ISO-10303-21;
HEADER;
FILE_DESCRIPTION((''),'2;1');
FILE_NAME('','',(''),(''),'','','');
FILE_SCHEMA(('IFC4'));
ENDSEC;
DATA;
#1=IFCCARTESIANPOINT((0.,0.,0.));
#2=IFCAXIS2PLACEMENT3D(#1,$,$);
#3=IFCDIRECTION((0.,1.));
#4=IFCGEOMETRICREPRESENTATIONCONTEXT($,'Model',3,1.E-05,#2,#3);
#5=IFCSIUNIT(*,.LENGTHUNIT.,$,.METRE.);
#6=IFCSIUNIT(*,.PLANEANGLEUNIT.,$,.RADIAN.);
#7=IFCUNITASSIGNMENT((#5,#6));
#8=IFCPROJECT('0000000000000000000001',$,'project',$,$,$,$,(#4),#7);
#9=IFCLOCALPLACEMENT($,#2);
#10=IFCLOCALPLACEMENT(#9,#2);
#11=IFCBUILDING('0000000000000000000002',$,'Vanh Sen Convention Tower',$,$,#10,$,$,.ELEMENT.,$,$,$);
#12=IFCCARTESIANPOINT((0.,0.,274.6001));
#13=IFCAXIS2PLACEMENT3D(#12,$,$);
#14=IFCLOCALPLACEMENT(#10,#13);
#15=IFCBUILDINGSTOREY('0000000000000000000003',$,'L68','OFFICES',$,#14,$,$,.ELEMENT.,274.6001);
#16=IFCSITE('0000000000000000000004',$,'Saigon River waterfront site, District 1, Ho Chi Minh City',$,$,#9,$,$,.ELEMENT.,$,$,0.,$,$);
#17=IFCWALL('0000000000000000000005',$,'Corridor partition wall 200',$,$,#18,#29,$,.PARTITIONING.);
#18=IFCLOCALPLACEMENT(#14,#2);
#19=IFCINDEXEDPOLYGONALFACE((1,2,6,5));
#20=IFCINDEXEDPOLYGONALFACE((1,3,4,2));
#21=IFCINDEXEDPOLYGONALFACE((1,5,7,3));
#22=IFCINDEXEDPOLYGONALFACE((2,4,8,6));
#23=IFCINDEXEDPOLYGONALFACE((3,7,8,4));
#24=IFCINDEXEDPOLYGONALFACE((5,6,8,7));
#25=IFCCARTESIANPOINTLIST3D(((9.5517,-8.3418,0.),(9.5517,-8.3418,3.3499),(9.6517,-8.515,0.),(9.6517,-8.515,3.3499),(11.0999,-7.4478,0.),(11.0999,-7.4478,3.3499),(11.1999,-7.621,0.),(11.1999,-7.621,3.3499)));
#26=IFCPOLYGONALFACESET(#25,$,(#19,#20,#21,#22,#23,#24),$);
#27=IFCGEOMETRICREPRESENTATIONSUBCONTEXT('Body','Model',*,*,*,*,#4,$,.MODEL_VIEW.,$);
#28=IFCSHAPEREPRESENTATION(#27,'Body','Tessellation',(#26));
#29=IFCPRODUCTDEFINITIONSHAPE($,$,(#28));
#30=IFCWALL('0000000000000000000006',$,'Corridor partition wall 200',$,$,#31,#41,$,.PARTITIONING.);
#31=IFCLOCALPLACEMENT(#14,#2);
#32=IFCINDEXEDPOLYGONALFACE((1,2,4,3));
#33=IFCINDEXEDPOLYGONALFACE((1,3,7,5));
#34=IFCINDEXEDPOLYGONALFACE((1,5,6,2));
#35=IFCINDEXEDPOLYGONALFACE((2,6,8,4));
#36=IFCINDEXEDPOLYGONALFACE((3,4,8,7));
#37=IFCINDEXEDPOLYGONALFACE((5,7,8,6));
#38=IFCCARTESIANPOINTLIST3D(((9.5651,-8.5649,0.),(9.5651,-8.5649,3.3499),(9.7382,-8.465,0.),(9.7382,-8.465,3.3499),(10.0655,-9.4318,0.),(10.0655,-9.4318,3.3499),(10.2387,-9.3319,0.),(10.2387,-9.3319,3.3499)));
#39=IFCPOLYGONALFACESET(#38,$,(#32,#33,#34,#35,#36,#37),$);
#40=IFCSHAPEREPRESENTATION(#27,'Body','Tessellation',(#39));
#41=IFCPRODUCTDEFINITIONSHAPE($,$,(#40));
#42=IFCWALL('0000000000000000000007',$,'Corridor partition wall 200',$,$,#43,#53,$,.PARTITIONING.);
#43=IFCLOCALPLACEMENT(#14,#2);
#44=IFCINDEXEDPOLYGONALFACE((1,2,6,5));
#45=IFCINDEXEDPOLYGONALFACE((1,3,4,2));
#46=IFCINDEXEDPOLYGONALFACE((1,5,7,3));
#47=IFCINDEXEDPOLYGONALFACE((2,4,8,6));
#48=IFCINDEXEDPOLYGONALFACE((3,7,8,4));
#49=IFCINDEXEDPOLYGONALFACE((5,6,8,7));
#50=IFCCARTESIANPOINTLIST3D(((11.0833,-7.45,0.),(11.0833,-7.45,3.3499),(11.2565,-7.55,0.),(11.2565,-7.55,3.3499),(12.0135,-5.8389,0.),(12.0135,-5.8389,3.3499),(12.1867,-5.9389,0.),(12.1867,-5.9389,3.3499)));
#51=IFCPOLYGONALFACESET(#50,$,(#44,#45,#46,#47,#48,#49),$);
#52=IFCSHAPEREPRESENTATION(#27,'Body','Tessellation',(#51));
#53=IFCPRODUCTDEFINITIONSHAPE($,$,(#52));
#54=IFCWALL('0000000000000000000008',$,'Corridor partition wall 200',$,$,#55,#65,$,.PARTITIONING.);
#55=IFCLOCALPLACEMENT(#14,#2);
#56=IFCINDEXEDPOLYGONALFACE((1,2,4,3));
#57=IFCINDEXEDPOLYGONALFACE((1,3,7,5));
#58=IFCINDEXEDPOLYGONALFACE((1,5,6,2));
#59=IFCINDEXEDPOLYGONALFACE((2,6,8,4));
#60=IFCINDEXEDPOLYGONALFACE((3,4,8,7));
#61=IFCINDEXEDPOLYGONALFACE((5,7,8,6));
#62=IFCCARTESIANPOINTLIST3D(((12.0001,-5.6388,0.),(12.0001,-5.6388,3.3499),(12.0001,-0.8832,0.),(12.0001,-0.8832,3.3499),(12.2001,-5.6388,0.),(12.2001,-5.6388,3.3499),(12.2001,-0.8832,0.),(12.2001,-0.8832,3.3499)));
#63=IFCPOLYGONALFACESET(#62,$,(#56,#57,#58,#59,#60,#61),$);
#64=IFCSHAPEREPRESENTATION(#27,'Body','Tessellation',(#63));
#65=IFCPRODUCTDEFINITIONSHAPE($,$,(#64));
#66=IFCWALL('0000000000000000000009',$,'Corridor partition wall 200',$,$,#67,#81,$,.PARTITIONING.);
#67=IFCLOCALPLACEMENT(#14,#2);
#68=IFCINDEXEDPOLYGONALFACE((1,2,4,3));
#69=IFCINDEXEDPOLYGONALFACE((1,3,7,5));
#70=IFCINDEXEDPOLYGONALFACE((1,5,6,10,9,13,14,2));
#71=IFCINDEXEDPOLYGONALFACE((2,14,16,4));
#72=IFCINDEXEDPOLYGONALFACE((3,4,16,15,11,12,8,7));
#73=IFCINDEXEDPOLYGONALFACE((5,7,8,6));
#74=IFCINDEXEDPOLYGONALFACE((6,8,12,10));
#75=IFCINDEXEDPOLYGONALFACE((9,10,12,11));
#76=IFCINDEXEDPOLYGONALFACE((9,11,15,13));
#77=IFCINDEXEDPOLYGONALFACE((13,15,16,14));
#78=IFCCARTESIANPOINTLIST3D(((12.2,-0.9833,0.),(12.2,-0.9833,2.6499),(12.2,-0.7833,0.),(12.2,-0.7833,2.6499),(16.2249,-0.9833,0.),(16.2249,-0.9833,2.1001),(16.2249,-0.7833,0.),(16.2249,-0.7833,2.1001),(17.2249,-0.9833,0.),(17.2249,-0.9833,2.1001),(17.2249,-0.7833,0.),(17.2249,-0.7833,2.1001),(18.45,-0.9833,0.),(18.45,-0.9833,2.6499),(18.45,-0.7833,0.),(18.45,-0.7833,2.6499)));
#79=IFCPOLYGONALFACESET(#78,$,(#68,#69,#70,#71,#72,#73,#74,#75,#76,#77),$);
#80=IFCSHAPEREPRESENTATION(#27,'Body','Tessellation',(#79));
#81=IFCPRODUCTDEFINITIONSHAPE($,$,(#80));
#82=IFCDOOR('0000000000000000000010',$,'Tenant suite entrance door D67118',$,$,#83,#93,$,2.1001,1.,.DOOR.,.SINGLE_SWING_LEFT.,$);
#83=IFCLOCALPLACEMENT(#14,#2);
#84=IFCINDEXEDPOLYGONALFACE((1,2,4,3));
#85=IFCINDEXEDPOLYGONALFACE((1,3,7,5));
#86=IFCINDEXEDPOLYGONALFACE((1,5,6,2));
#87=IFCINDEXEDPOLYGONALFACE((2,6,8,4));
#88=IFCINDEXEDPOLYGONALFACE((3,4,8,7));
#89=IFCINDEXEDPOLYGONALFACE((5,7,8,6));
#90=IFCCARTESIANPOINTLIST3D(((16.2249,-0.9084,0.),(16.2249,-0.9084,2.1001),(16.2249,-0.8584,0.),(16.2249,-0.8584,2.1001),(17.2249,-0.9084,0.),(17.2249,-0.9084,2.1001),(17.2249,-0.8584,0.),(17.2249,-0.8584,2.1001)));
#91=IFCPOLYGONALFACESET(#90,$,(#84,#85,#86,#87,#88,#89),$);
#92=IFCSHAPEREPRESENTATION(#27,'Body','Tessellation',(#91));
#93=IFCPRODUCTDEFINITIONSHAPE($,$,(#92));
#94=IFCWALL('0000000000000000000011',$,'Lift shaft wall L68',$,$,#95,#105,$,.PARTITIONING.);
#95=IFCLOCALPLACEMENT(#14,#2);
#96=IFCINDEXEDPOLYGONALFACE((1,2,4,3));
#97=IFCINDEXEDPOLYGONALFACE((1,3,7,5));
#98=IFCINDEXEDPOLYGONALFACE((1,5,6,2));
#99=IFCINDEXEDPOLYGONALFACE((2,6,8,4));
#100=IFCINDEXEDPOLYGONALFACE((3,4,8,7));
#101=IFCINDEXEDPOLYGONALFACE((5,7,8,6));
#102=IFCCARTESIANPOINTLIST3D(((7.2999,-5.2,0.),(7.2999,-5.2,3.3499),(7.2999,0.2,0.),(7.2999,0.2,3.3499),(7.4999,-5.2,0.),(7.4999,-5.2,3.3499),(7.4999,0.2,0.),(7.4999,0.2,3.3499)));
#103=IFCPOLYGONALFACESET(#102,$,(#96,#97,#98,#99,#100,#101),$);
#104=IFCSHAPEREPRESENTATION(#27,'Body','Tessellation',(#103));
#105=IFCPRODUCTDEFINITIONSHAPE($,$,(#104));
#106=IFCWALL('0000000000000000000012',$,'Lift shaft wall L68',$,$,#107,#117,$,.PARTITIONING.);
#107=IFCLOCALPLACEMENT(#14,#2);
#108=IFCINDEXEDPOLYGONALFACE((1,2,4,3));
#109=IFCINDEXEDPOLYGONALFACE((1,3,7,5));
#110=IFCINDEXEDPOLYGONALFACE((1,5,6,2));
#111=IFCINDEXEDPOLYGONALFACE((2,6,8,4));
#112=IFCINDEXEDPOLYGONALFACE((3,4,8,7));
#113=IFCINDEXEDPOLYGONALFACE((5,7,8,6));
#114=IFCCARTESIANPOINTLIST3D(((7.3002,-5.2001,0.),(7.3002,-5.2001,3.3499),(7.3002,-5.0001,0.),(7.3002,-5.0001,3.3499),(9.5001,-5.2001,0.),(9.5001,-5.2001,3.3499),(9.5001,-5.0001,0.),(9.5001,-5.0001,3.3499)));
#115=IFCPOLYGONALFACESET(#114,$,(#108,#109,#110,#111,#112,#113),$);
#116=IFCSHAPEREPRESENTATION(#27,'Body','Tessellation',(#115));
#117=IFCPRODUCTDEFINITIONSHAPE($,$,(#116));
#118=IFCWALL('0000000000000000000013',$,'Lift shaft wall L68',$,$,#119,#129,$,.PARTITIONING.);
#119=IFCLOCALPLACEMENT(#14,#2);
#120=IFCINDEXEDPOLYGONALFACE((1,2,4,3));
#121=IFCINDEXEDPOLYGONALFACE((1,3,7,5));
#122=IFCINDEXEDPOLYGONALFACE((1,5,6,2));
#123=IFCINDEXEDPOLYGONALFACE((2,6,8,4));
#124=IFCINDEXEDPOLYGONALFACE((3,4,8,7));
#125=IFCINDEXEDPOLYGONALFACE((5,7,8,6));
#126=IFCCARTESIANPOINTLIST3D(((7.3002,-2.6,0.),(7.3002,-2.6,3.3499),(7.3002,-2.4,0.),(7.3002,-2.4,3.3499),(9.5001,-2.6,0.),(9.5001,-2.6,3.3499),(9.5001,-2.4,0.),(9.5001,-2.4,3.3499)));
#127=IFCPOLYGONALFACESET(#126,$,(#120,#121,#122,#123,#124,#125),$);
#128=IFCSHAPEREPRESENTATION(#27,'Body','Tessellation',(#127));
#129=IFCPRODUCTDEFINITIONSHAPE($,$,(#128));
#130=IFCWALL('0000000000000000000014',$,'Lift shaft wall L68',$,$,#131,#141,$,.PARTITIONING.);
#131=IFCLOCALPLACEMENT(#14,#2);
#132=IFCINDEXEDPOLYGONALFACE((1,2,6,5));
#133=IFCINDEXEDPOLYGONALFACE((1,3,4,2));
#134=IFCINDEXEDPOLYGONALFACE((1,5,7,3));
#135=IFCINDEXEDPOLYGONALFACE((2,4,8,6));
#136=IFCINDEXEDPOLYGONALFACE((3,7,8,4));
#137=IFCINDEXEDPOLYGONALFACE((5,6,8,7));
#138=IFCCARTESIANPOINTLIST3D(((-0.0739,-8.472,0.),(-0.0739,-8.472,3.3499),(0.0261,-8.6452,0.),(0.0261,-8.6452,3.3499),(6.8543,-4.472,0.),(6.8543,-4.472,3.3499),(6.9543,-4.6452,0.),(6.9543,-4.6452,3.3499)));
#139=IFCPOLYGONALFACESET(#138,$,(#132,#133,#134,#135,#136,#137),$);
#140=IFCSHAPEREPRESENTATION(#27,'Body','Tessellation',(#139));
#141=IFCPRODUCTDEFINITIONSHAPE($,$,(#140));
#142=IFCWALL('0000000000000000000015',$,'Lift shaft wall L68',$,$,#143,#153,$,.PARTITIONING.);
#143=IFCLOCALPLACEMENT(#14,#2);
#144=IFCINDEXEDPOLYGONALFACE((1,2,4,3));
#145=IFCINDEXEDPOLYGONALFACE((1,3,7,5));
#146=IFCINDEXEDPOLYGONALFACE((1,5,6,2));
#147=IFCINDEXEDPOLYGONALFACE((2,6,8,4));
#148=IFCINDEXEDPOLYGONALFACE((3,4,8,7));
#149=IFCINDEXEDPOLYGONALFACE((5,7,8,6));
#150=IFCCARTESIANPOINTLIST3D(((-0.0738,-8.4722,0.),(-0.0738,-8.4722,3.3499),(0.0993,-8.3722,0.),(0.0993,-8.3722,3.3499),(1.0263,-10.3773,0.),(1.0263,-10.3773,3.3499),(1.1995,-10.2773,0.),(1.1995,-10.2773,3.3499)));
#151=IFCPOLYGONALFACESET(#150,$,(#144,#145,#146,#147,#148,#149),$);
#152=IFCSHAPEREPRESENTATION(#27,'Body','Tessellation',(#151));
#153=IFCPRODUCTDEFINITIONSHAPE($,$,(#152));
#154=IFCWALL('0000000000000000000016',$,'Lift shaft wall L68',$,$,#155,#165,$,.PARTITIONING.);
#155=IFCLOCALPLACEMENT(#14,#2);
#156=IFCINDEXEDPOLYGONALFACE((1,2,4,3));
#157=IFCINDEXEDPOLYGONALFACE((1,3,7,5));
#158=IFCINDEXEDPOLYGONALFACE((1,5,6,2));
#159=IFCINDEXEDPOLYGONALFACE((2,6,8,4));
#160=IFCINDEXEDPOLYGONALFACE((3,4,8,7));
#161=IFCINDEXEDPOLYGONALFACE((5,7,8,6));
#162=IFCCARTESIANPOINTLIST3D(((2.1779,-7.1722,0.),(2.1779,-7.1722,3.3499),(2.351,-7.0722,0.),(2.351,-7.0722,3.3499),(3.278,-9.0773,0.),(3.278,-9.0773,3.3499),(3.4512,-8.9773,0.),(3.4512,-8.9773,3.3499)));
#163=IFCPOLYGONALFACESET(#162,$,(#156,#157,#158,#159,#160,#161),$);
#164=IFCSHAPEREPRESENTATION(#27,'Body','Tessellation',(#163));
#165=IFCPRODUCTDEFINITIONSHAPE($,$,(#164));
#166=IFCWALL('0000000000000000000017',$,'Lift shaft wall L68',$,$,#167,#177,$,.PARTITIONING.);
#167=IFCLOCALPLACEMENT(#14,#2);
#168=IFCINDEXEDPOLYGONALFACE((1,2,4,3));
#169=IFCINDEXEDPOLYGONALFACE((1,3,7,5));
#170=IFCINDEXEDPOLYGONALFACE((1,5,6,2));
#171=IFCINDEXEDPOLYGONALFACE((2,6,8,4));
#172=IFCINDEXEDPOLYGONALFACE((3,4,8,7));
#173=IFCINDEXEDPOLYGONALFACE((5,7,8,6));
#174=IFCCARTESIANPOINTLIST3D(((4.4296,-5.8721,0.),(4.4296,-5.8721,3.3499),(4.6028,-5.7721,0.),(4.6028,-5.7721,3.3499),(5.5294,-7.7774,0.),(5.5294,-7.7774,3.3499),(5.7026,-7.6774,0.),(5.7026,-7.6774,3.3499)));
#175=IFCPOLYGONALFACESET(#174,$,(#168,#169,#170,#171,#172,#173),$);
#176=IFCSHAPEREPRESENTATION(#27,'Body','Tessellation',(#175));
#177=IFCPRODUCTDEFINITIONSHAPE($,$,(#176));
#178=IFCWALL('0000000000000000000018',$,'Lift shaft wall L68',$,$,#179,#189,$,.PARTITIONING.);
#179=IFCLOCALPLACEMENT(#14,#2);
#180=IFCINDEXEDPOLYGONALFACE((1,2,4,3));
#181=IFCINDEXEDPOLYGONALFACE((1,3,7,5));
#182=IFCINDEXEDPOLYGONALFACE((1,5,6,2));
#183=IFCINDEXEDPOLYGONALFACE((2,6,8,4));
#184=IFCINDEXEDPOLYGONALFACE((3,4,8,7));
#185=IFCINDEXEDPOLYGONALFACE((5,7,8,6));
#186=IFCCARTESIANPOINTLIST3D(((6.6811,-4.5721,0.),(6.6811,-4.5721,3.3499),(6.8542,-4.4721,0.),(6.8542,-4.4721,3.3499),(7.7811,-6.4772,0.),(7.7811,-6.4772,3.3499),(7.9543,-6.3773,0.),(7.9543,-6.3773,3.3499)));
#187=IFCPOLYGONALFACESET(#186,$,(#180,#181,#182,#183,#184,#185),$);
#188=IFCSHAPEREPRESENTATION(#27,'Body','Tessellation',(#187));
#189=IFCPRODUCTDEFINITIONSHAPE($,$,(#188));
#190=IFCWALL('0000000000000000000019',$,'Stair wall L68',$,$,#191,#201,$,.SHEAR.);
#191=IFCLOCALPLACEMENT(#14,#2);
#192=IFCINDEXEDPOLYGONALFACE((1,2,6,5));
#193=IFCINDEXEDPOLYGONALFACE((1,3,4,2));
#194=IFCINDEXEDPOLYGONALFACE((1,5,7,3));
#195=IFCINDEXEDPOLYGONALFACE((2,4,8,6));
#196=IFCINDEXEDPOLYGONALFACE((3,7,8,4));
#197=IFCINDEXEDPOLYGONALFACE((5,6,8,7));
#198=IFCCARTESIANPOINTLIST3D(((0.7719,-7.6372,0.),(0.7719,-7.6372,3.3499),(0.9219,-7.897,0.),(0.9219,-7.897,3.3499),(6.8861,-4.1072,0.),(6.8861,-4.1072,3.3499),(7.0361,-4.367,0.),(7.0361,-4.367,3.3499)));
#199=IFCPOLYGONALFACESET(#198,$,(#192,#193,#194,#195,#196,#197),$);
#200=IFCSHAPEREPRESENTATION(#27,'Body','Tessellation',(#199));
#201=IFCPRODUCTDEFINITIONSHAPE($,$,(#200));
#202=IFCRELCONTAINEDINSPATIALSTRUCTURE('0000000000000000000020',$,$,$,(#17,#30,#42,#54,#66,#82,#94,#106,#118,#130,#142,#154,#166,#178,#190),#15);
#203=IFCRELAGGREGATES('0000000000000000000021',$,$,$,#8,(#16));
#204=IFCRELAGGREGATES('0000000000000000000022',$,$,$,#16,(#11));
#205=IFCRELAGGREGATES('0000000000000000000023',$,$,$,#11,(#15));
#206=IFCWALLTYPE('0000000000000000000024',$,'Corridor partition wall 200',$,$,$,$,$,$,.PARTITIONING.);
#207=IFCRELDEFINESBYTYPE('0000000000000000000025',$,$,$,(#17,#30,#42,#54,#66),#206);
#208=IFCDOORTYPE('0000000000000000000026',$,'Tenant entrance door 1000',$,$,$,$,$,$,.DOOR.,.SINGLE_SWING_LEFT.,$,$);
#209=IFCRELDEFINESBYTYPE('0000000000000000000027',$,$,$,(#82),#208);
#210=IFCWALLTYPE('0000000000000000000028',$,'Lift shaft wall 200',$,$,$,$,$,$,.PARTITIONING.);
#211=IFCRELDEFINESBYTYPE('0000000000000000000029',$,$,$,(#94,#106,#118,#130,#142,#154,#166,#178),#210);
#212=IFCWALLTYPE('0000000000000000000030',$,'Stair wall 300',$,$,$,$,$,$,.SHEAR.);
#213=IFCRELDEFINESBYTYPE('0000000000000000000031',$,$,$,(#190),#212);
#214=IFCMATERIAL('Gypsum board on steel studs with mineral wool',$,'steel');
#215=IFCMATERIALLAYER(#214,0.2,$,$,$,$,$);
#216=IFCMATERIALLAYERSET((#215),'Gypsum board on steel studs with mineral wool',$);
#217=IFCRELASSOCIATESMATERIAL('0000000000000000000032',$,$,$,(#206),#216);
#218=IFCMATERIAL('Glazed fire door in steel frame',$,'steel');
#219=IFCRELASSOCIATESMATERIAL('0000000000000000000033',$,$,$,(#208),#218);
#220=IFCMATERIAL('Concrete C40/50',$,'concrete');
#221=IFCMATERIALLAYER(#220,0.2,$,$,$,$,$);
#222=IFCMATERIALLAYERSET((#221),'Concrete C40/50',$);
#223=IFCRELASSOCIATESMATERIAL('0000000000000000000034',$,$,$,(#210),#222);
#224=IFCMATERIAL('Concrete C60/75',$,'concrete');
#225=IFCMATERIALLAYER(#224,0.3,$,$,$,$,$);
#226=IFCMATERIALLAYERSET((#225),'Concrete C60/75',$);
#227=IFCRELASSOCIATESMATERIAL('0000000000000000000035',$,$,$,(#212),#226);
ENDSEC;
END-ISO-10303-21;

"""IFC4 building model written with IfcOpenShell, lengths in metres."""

from ifc_helpers import new_model, si_unit, direction, frame, frame_2d, origin, place, context, subcontext, project, spatial, rectangle, extrude, material, layer, layer_set, type_object, element, fill, save


model = new_model("IFC4")

# Units and contexts
model_context = context("Model", 3, precision=1e-05, world=origin(), true_north=direction((0.0, 1.0)))
body_context = subcontext(model_context, "Body", "Model", "MODEL_VIEW")
ifc_project = project(units=[si_unit("LENGTHUNIT", "METRE"), si_unit("PLANEANGLEUNIT", "RADIAN")], contexts=[model_context])

# Site, building, storey
site_placement = place(None, origin())
site = spatial("IfcSite", under=ifc_project, at=site_placement, Name="Saigon River waterfront site, District 1, Ho Chi Minh City", CompositionType="ELEMENT", RefElevation=0.0)
building_placement = place(site_placement, origin())
building = spatial("IfcBuilding", under=site, at=building_placement, Name="Vanh Sen Convention Tower", CompositionType="ELEMENT")
storey_placement = place(building_placement, frame((0.0, 0.0, 274.6001)))
storey = spatial("IfcBuildingStorey", under=building, at=storey_placement, Name="L68", Description="OFFICES", CompositionType="ELEMENT", Elevation=274.6001)

# Shared definitions
ifc_material_1 = material(Name="Concrete C60/75", Category="concrete")

# Shared definitions
ifc_material_2 = material(Name="Gypsum board on steel studs with mineral wool", Category="steel")
ifc_layer_1 = layer(ifc_material_2, 0.2)
ifc_layer_set_1 = layer_set([ifc_layer_1], Name="Gypsum board on steel studs with mineral wool")
wall_type_1 = type_object("IfcWallType", Name="Corridor partition wall 200", PredefinedType="PARTITIONING", material=ifc_layer_set_1)
ifc_material_3 = material(Name="Glazed fire door in steel frame", Category="steel")

# Walls
wall_1_placement = place(storey_placement, frame((9.6016, -8.4285, 0.0), z_axis=(0.0, 0.0, 1.0), x_axis=(0.865999, 0.500046, 0.0)))
element("IfcWall", 1, at=wall_1_placement, inside=storey, type_object=wall_type_1, Name="Corridor partition wall 200", PredefinedType="PARTITIONING", context=body_context, shape_type="SweptSolid", body=[
    extrude(rectangle(XDim=1.7878, YDim=0.2, at=frame_2d((0.894, 0.0))), origin(), (0.0, 0.0, 1.0), 3.3499),
])
wall_2_placement = place(storey_placement, frame((10.1521, -9.3818, 0.0), z_axis=(0.0, 0.0, 1.0), x_axis=(-0.499969, 0.866043, 0.0)))
element("IfcWall", 2, at=wall_2_placement, inside=storey, type_object=wall_type_1, Name="Corridor partition wall 200", PredefinedType="PARTITIONING", context=body_context, shape_type="SweptSolid", body=[
    extrude(rectangle(XDim=1.001, YDim=0.2, at=frame_2d((0.5005, 0.0))), origin(), (0.0, 0.0, 1.0), 3.3499),
])
wall_3_placement = place(storey_placement, frame((11.1699, -7.5, 0.0), z_axis=(0.0, 0.0, 1.0), x_axis=(0.500006, 0.866022, 0.0)))
element("IfcWall", 3, at=wall_3_placement, inside=storey, type_object=wall_type_1, Name="Corridor partition wall 200", PredefinedType="PARTITIONING", context=body_context, shape_type="SweptSolid", body=[
    extrude(rectangle(XDim=1.8604, YDim=0.2, at=frame_2d((0.9302, 0.0))), origin(), (0.0, 0.0, 1.0), 3.3499),
])
wall_4_placement = place(storey_placement, frame((12.1001, -5.6389, 0.0), z_axis=(0.0, 0.0, 1.0), x_axis=(0.0, 1.0, 0.0)))
element("IfcWall", 4, at=wall_4_placement, inside=storey, type_object=wall_type_1, Name="Corridor partition wall 200", PredefinedType="PARTITIONING", context=body_context, shape_type="SweptSolid", body=[
    extrude(rectangle(XDim=4.7556, YDim=0.2, at=frame_2d((2.3779, 0.0))), origin(), (0.0, 0.0, 1.0), 3.3499),
])

# Wall, opening, door
wall_5_placement = place(storey_placement, frame((12.2, -0.8833, 0.0), z_axis=(0.0, 0.0, 1.0), x_axis=(1.0, 0.0, 0.0)))
wall_5 = element("IfcWall", 5, at=wall_5_placement, inside=storey, type_object=wall_type_1, Name="Corridor partition wall 200", PredefinedType="PARTITIONING", context=body_context, shape_type="SweptSolid", body=[
    extrude(rectangle(XDim=6.25, YDim=0.2, at=frame_2d((3.125, 0.0))), origin(), (0.0, 0.0, 1.0), 2.6499),
])
opening_1_placement = place(wall_5_placement, frame((4.0249, 0.0, 0.0)))
opening_1 = element("IfcOpeningElement", 6, at=opening_1_placement, cuts=wall_5, PredefinedType="OPENING", context=body_context, shape_type="SweptSolid", body=[
    extrude(rectangle(XDim=1.0, YDim=2.1001, at=frame_2d((0.5, 1.05))), frame((0.0, 0.1099, 0.0), z_axis=(0.0, -1.0, 0.0), x_axis=(1.0, 0.0, 0.0)), (0.0, 0.0, 1.0), 0.22),
])
door_type_1 = type_object("IfcDoorType", Name="Tenant entrance door 1000", OperationType="SINGLE_SWING_LEFT", PredefinedType="DOOR", material=ifc_material_3)
door_1_placement = place(opening_1_placement, origin())
door_1 = element("IfcDoor", 7, at=door_1_placement, inside=storey, type_object=door_type_1, Name="Tenant suite entrance door D67118", OperationType="SINGLE_SWING_LEFT", OverallHeight=2.1001, OverallWidth=1.0, PredefinedType="DOOR", context=body_context, shape_type="SweptSolid", body=[
    extrude(rectangle(XDim=1.0, YDim=2.1001, at=frame_2d((0.5, 1.05))), frame((0.0, 0.0249, 0.0), z_axis=(0.0, -1.0, 0.0), x_axis=(1.0, 0.0, 0.0)), (0.0, 0.0, 1.0), 0.05),
])
fill(opening_1, door_1)

# Walls
ifc_material_4 = material(Name="Concrete C40/50", Category="concrete")
ifc_layer_2 = layer(ifc_material_4, 0.2)
ifc_layer_set_2 = layer_set([ifc_layer_2], Name="Concrete C40/50")
wall_type_2 = type_object("IfcWallType", Name="Lift shaft wall 200", PredefinedType="PARTITIONING", material=ifc_layer_set_2)
wall_6_placement = place(storey_placement, frame((7.3999, -5.2, 0.0), z_axis=(0.0, 0.0, 1.0), x_axis=(0.0, 1.0, 0.0)))
element("IfcWall", 8, at=wall_6_placement, inside=storey, type_object=wall_type_2, Name="Lift shaft wall L68", PredefinedType="PARTITIONING", context=body_context, shape_type="SweptSolid", body=[
    extrude(rectangle(XDim=5.3999, YDim=0.2, at=frame_2d((2.7, 0.0))), origin(), (0.0, 0.0, 1.0), 3.3499),
])
for number, where, z_axis, x_axis, name in (
    (9, (7.3, -5.1001, 0.0), (0.0, 0.0, 1.0), (1.0, 0.0, 0.0), "Lift shaft wall L68"),
    (10, (7.3, -2.5, 0.0), (0.0, 0.0, 1.0), (1.0, 0.0, 0.0), "Lift shaft wall L68"),
):
    element("IfcWall", number, at=place(storey_placement, frame(where, z_axis=z_axis, x_axis=x_axis)), inside=storey, type_object=wall_type_2, Name=name, PredefinedType="PARTITIONING", context=body_context, shape_type="SweptSolid", body=[
        extrude(rectangle(XDim=2.2, YDim=0.2, at=frame_2d((1.1001, 0.0))), origin(), (0.0, 0.0, 1.0), 3.3499),
    ])
wall_7_placement = place(storey_placement, frame((-0.0239, -8.5586, 0.0), z_axis=(0.0, 0.0, 1.0), x_axis=(0.866026, 0.499999, 0.0)))
element("IfcWall", 11, at=wall_7_placement, inside=storey, type_object=wall_type_2, Name="Lift shaft wall L68", PredefinedType="PARTITIONING", context=body_context, shape_type="SweptSolid", body=[
    extrude(rectangle(XDim=8.0, YDim=0.2, at=frame_2d((4.0, 0.0))), origin(), (0.0, 0.0, 1.0), 3.3499),
])
for number, where, z_axis, x_axis, name in (
    (12, (0.0127, -8.4221, 0.0), (0.0, 0.0, 1.0), (0.500078, -0.86598, 0.0), "Lift shaft wall L68"),
    (13, (2.2644, -7.1221, 0.0), (0.0, 0.0, 1.0), (0.500078, -0.86598, 0.0), "Lift shaft wall L68"),
    (14, (4.5161, -5.822, 0.0), (0.0, 0.0, 1.0), (0.499947, -0.866056, 0.0), "Lift shaft wall L68"),
    (15, (6.7676, -4.522, 0.0), (0.0, 0.0, 1.0), (0.50003, -0.866008, 0.0), "Lift shaft wall L68"),
):
    element("IfcWall", number, at=place(storey_placement, frame(where, z_axis=z_axis, x_axis=x_axis)), inside=storey, type_object=wall_type_2, Name=name, PredefinedType="PARTITIONING", context=body_context, shape_type="SweptSolid", body=[
        extrude(rectangle(XDim=2.2, YDim=0.2, at=frame_2d((1.1001, 0.0))), origin(), (0.0, 0.0, 1.0), 3.3499),
    ])
ifc_layer_3 = layer(ifc_material_1, 0.3)
ifc_layer_set_3 = layer_set([ifc_layer_3], Name="Concrete C60/75")
wall_type_3 = type_object("IfcWallType", Name="Stair wall 300", PredefinedType="SHEAR", material=ifc_layer_set_3)
wall_8_placement = place(storey_placement, frame((0.8469, -7.7671, 0.0), z_axis=(0.0, 0.0, 1.0), x_axis=(0.866028, 0.499996, 0.0)))
element("IfcWall", 16, at=wall_8_placement, inside=storey, type_object=wall_type_3, Name="Stair wall L68", PredefinedType="SHEAR", context=body_context, shape_type="SweptSolid", body=[
    extrude(rectangle(XDim=7.0601, YDim=0.3, at=frame_2d((3.53, 0.0))), origin(), (0.0, 0.0, 1.0), 3.3499),
])

save(model, "model.ifc")
